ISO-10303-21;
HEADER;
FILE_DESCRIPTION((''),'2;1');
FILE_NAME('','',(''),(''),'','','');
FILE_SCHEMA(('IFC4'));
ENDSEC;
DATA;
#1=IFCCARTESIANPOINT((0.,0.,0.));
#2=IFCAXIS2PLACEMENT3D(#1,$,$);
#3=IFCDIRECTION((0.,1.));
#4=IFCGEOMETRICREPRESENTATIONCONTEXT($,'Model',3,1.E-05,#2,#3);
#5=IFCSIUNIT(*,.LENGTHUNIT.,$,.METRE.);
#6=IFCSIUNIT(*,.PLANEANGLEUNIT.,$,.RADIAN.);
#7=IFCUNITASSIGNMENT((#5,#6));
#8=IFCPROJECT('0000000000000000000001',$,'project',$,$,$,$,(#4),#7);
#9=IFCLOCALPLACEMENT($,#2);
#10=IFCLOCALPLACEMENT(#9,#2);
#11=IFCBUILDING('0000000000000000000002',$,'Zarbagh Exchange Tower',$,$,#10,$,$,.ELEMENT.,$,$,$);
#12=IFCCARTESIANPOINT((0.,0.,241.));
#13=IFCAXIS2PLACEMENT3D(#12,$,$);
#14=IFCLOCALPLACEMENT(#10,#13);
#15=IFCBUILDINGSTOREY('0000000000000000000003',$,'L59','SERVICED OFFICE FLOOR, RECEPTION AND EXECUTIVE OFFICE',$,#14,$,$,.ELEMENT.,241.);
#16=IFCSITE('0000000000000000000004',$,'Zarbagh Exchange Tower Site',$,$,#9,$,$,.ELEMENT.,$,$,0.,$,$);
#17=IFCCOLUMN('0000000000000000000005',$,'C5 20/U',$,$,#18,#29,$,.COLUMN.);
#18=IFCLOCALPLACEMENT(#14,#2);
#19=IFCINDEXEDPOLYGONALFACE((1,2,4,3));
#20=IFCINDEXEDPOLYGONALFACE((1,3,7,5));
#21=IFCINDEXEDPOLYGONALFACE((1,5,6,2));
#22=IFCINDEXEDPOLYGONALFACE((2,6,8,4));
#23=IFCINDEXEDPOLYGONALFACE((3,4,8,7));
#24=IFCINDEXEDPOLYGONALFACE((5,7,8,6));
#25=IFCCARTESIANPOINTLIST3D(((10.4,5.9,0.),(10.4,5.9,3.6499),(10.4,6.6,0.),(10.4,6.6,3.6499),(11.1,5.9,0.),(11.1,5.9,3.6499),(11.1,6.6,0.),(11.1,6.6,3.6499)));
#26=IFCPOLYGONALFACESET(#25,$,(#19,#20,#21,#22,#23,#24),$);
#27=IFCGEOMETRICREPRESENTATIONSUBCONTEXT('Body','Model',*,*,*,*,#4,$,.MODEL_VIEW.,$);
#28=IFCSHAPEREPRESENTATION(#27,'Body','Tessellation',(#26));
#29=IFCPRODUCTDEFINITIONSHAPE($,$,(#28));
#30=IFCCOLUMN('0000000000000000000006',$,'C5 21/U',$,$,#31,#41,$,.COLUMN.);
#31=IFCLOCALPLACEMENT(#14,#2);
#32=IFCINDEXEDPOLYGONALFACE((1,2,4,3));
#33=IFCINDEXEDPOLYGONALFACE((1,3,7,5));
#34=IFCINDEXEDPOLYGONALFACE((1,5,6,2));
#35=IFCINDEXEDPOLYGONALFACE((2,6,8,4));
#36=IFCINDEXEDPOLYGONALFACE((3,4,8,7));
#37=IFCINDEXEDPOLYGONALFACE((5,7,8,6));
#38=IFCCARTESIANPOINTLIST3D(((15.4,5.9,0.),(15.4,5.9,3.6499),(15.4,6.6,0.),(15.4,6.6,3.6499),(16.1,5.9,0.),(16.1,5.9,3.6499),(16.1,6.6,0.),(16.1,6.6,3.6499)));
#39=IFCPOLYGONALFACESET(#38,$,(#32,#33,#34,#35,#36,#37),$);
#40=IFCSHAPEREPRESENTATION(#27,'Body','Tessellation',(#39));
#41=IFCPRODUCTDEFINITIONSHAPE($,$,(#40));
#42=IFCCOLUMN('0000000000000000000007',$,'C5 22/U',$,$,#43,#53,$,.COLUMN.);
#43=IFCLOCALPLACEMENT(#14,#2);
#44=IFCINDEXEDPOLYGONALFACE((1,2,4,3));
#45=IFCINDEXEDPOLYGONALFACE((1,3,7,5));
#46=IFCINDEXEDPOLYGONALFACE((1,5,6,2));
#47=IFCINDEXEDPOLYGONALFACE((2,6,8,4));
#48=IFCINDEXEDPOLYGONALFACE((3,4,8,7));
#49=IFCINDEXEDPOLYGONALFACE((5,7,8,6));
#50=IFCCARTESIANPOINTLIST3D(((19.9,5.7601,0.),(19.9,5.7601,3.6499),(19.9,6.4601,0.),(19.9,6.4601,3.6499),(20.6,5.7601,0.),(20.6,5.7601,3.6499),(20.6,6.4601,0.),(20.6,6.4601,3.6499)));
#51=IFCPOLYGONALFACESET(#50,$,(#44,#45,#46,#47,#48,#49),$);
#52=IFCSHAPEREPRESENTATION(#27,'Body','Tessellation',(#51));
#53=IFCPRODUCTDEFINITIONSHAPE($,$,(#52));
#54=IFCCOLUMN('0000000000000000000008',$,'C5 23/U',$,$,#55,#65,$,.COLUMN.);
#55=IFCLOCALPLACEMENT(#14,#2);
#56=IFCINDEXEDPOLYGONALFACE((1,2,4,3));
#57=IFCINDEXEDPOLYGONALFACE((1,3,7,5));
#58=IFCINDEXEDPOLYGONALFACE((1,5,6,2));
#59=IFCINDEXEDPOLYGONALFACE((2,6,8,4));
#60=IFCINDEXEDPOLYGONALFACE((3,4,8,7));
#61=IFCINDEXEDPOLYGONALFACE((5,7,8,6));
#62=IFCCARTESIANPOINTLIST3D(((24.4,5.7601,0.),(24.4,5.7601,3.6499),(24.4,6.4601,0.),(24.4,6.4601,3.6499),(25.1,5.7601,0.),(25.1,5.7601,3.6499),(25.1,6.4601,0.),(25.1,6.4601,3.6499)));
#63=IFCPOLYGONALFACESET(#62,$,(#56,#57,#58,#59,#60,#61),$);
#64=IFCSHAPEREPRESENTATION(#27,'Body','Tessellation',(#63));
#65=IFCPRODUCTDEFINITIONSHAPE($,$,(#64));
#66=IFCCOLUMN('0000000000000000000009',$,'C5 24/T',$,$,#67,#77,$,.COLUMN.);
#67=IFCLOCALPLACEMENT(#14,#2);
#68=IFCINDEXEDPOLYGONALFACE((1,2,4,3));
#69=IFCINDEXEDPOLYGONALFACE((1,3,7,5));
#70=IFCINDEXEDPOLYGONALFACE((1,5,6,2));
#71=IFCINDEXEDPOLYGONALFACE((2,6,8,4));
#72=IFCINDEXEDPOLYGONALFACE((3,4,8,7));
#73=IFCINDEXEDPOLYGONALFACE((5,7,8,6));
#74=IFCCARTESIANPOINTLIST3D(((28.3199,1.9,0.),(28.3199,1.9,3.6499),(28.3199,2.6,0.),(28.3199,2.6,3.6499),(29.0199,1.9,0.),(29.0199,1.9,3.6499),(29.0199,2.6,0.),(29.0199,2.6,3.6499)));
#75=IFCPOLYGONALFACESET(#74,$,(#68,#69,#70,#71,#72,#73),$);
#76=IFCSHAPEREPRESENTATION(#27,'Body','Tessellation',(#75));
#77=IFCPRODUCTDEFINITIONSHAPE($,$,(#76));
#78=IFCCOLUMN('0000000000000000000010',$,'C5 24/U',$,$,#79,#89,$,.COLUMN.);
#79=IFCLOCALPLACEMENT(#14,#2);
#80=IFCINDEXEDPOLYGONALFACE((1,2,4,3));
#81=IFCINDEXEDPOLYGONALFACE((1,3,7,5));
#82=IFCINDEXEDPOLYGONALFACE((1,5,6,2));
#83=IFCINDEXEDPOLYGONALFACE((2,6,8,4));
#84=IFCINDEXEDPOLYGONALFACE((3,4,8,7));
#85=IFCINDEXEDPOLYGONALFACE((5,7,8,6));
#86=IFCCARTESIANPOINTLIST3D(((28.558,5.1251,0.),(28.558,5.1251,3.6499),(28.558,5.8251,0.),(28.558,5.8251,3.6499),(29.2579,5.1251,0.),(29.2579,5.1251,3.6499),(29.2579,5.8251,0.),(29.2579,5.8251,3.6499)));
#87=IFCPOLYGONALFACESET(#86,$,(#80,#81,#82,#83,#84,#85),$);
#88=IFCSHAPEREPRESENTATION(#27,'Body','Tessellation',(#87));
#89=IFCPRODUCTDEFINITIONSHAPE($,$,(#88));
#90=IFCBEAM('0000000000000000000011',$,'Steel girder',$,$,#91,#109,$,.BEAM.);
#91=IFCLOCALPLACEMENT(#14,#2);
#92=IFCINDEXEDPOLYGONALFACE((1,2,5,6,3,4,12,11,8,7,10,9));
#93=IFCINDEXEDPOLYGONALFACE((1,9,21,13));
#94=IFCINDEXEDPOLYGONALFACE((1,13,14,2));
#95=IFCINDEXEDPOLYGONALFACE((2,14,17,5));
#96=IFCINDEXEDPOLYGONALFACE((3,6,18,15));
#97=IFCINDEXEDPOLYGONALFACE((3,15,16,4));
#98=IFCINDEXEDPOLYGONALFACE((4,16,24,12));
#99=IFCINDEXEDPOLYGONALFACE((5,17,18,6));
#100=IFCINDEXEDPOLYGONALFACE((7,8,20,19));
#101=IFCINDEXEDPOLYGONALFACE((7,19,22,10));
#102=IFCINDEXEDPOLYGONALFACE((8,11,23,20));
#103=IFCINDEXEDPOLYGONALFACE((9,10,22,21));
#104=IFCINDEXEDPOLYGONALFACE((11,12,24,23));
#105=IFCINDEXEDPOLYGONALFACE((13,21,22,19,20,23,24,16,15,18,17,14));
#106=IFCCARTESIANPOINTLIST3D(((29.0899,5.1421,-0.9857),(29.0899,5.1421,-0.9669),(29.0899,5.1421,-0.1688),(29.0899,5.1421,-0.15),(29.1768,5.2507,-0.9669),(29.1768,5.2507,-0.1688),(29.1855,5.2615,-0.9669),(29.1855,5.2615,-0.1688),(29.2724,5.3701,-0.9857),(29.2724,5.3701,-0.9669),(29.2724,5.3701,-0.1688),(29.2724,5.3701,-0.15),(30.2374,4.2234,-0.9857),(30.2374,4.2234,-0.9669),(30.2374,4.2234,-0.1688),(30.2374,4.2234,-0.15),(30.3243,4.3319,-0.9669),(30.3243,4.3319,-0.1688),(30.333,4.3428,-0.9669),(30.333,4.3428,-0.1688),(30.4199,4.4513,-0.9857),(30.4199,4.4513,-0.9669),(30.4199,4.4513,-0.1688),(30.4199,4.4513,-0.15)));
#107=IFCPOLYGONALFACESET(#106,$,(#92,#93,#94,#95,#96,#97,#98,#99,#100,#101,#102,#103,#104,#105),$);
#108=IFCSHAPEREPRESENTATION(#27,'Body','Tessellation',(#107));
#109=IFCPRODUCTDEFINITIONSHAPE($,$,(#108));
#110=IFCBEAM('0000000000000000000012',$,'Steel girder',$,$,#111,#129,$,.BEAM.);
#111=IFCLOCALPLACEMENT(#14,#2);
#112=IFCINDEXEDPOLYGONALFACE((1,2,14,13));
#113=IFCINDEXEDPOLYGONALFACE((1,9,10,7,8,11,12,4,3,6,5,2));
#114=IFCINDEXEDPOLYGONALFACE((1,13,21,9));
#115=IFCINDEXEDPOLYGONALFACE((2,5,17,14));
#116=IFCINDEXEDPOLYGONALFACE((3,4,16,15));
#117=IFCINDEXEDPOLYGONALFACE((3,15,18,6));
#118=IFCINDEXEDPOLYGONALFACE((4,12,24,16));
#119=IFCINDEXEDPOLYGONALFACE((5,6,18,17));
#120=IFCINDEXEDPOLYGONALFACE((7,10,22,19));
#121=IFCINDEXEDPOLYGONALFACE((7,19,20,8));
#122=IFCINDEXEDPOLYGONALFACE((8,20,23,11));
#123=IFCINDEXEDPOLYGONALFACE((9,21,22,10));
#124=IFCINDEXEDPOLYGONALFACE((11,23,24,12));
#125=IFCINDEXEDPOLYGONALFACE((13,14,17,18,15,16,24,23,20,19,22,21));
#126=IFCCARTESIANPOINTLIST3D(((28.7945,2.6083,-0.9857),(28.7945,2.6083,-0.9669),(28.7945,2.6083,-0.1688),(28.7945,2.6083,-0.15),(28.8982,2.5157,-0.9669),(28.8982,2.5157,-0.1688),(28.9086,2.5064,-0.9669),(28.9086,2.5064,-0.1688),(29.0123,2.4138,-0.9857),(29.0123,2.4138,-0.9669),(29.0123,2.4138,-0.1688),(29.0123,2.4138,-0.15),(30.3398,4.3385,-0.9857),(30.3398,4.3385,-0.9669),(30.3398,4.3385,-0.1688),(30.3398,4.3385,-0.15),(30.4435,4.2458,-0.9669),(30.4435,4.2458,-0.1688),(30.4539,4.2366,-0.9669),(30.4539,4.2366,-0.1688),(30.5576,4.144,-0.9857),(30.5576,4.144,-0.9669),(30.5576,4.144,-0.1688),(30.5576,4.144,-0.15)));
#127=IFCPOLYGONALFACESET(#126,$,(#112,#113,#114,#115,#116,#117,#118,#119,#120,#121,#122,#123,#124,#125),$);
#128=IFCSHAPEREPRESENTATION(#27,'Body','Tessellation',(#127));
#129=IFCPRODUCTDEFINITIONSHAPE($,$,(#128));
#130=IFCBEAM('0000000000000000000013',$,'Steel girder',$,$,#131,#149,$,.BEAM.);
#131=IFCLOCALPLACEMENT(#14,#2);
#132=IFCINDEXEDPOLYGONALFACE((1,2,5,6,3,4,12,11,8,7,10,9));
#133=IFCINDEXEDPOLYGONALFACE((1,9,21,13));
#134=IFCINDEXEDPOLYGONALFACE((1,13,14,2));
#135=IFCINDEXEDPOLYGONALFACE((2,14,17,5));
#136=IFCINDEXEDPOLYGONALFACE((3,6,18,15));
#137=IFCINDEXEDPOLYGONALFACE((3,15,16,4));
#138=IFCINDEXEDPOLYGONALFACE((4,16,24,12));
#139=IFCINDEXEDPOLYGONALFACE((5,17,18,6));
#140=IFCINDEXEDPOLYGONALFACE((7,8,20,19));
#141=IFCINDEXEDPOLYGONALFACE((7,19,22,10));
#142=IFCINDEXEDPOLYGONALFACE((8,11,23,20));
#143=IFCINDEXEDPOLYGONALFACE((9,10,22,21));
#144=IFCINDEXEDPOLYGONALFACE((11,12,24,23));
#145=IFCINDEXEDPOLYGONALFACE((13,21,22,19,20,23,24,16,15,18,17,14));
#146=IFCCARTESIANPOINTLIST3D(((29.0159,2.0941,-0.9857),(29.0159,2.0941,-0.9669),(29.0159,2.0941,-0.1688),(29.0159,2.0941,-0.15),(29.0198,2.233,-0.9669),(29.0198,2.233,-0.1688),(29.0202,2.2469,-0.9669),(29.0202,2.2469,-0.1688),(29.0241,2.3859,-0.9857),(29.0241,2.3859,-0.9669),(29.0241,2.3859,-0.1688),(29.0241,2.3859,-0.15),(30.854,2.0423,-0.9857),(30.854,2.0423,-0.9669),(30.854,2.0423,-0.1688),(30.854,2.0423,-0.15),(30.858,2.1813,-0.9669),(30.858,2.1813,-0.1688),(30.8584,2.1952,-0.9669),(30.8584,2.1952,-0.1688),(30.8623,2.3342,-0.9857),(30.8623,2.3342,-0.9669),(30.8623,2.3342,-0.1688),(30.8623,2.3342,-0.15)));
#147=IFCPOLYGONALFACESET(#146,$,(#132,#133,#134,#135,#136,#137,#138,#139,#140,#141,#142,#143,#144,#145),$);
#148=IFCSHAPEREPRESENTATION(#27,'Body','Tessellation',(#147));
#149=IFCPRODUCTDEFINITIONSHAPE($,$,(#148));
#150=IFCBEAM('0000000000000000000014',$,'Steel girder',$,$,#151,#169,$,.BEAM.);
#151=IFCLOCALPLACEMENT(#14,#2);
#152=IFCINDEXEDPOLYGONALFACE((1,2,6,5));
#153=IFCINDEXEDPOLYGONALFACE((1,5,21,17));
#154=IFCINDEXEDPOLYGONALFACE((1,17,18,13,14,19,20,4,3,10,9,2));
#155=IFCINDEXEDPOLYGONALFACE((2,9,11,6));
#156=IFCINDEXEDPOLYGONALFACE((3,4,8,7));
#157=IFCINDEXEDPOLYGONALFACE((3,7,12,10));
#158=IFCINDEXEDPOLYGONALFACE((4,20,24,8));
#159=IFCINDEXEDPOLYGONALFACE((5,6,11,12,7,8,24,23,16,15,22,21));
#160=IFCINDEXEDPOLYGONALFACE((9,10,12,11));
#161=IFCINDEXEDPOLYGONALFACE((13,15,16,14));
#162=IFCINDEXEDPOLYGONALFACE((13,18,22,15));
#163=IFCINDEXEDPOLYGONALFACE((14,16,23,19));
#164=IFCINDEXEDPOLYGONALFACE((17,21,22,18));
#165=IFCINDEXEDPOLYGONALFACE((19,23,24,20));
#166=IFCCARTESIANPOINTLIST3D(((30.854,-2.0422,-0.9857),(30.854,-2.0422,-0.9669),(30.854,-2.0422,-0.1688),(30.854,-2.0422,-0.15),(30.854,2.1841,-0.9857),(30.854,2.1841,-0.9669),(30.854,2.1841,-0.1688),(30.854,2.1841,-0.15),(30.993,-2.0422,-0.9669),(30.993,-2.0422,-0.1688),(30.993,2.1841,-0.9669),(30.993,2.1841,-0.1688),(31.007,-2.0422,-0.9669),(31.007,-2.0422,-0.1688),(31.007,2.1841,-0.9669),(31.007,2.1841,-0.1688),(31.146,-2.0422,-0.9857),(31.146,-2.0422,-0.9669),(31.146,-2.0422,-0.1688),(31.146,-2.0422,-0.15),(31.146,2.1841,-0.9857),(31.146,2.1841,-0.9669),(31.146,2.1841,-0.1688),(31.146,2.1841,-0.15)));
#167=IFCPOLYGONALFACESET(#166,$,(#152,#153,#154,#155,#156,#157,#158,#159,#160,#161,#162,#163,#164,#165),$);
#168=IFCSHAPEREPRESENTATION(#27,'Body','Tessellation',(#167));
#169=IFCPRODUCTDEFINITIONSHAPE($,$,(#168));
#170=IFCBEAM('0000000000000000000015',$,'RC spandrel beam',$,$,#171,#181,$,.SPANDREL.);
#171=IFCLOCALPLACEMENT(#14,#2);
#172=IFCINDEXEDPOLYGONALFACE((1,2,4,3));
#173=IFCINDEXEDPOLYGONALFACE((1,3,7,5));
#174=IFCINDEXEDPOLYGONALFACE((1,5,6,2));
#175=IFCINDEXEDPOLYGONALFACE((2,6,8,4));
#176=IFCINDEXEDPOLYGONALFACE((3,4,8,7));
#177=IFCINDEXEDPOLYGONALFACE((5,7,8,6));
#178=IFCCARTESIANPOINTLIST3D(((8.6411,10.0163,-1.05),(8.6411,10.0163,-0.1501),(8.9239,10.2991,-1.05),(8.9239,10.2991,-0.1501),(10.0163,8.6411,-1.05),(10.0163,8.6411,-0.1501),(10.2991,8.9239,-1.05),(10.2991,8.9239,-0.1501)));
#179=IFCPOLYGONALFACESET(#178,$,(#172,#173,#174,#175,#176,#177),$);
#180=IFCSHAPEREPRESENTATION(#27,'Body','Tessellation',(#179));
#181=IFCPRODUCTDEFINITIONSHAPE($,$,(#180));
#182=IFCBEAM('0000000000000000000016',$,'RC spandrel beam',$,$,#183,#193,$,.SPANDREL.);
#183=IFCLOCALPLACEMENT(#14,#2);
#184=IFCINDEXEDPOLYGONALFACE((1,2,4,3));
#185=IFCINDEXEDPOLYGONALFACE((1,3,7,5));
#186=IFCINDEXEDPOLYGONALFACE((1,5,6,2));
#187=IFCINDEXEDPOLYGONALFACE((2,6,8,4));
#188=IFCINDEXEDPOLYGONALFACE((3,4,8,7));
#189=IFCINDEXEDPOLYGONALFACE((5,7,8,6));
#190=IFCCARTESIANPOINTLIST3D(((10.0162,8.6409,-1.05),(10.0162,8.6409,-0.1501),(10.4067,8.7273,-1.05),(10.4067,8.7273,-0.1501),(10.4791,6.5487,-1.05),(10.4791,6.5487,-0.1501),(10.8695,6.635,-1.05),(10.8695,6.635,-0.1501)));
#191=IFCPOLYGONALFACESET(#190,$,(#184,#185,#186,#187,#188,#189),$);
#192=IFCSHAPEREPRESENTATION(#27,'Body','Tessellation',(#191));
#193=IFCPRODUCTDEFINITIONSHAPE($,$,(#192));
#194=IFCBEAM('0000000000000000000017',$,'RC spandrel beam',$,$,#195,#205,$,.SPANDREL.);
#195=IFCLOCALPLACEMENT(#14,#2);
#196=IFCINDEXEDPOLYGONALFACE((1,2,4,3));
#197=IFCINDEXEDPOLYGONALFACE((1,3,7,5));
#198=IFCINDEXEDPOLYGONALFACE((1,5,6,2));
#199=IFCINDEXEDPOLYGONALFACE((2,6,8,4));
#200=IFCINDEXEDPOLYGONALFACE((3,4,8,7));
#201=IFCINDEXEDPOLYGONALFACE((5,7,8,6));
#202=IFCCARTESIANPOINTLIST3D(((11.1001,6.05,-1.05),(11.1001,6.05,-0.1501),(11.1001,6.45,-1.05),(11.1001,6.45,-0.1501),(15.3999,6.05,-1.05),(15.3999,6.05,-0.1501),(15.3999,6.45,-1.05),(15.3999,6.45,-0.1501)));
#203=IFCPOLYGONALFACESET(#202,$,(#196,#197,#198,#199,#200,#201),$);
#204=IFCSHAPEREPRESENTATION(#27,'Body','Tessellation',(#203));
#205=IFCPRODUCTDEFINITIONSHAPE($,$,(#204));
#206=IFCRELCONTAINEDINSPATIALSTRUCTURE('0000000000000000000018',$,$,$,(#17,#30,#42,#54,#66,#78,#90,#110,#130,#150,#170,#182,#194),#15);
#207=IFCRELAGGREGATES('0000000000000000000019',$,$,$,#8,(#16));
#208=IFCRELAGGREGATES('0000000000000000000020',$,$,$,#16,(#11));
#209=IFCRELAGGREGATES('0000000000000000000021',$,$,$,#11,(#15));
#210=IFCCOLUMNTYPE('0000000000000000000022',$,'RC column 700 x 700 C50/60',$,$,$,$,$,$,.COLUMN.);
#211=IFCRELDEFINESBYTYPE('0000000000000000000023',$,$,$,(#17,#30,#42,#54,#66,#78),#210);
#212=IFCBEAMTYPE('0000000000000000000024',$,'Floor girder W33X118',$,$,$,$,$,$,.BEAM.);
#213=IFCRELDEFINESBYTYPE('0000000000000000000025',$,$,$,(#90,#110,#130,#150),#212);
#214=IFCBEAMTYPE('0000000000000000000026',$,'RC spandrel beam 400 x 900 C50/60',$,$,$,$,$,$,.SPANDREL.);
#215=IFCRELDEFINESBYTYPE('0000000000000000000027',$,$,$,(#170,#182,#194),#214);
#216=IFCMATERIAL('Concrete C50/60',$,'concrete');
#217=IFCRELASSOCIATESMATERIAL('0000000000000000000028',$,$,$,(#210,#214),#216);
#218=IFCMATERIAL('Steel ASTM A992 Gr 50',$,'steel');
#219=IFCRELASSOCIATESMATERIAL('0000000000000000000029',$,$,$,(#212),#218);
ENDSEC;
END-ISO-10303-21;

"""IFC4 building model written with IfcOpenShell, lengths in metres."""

from ifc_helpers import new_model, si_unit, direction, frame, origin, origin_2d, place, context, subcontext, project, spatial, rectangle, i_section, extrude, material, material_profile, profile_set, type_object, element, save


model = new_model("IFC4")

# Units and contexts
model_context = context("Model", 3, precision=1e-05, world=origin(), true_north=direction((0.0, 1.0)))
body_context = subcontext(model_context, "Body", "Model", "MODEL_VIEW")
ifc_project = project(units=[si_unit("LENGTHUNIT", "METRE"), si_unit("PLANEANGLEUNIT", "RADIAN")], contexts=[model_context])

# Site, building, storey
site_placement = place(None, origin())
site = spatial("IfcSite", under=ifc_project, at=site_placement, Name="Zarbagh Exchange Tower Site", CompositionType="ELEMENT", RefElevation=0.0)
building_placement = place(site_placement, origin())
building = spatial("IfcBuilding", under=site, at=building_placement, Name="Zarbagh Exchange Tower", CompositionType="ELEMENT")
storey_placement = place(building_placement, frame((0.0, 0.0, 241.0)))
storey = spatial("IfcBuildingStorey", under=building, at=storey_placement, Name="L59", Description="SERVICED OFFICE FLOOR, RECEPTION AND EXECUTIVE OFFICE", CompositionType="ELEMENT", Elevation=241.0)

# Columns
ifc_material_1 = material(Name="Concrete C50/60", Category="concrete")
ifc_material_profile_1 = material_profile(ifc_material_1, rectangle(XDim=0.7, YDim=0.7, at=origin_2d()), Name="RC column 700 x 700 C50/60")
ifc_profile_set_1 = profile_set([ifc_material_profile_1], Name="Concrete C50/60")
column_type = type_object("IfcColumnType", Name="RC column 700 x 700 C50/60", PredefinedType="COLUMN", material=ifc_profile_set_1)
for number, where, z_axis, x_axis, name in (
    (1, (10.75, 6.25, 0.0), (0.0, 0.0, 1.0), (1.0, 0.0, 0.0), "C5 20/U"),
    (2, (15.75, 6.25, 0.0), (0.0, 0.0, 1.0), (1.0, 0.0, 0.0), "C5 21/U"),
    (3, (20.25, 6.1101, 0.0), (0.0, 0.0, 1.0), (1.0, 0.0, 0.0), "C5 22/U"),
    (4, (24.75, 6.1101, 0.0), (0.0, 0.0, 1.0), (1.0, 0.0, 0.0), "C5 23/U"),
    (5, (28.6699, 2.25, 0.0), (0.0, 0.0, 1.0), (1.0, 0.0, 0.0), "C5 24/T"),
    (6, (28.908, 5.4751, 0.0), (0.0, 0.0, 1.0), (1.0, 0.0, 0.0), "C5 24/U"),
):
    element("IfcColumn", number, at=place(storey_placement, frame(where, z_axis=z_axis, x_axis=x_axis)), inside=storey, type_object=column_type, Name=name, PredefinedType="COLUMN", context=body_context, shape_type="SweptSolid", body=[
        extrude(rectangle(XDim=0.7, YDim=0.7, at=origin_2d()), origin(), (0.0, 0.0, 1.0), 3.6499),
    ])

# Beams
ifc_material_2 = material(Name="Steel ASTM A992 Gr 50", Category="steel")
ifc_material_profile_2 = material_profile(ifc_material_2, i_section(OverallWidth=0.292, OverallDepth=0.8357, WebThickness=0.0139, FlangeThickness=0.0188, at=origin_2d()), Name="W33X118")
ifc_profile_set_2 = profile_set([ifc_material_profile_2], Name="Steel ASTM A992 Gr 50")
beam_type_1 = type_object("IfcBeamType", Name="Floor girder W33X118", PredefinedType="BEAM", material=ifc_profile_set_2)
beam_1_placement = place(storey_placement, frame((29.1812, 5.2561, -0.5679), z_axis=(0.780626, -0.624999, 0.0), x_axis=(0.624999, 0.780626, 0.0)))
element("IfcBeam", 7, at=beam_1_placement, inside=storey, type_object=beam_type_1, Name="Steel girder", PredefinedType="BEAM", context=body_context, shape_type="SweptSolid", body=[
    extrude(i_section(OverallWidth=0.292, OverallDepth=0.8357, WebThickness=0.0139, FlangeThickness=0.0188, at=origin_2d()), origin(), (0.0, 0.0, 1.0), 1.47),
])
beam_2_placement = place(storey_placement, frame((30.4487, 4.2412, -0.5679), z_axis=(-0.666152, -0.745816, 0.0), x_axis=(0.745816, -0.666152, 0.0)))
element("IfcBeam", 8, at=beam_2_placement, inside=storey, type_object=beam_type_1, Name="Steel girder", PredefinedType="BEAM", context=body_context, shape_type="SweptSolid", body=[
    extrude(i_section(OverallWidth=0.292, OverallDepth=0.8357, WebThickness=0.0139, FlangeThickness=0.0188, at=origin_2d()), origin(), (0.0, 0.0, 1.0), 2.3198),
])
beam_3_placement = place(storey_placement, frame((29.02, 2.24, -0.5679), z_axis=(0.999604, -0.028147, 0.0), x_axis=(0.028147, 0.999604, 0.0)))
element("IfcBeam", 9, at=beam_3_placement, inside=storey, type_object=beam_type_1, Name="Steel girder", PredefinedType="BEAM", context=body_context, shape_type="SweptSolid", body=[
    extrude(i_section(OverallWidth=0.292, OverallDepth=0.8357, WebThickness=0.0139, FlangeThickness=0.0188, at=origin_2d()), origin(), (0.0, 0.0, 1.0), 1.8389),
])
beam_4_placement = place(storey_placement, frame((31.0, 2.1841, -0.5679), z_axis=(0.0, -1.0, 0.0), x_axis=(1.0, 0.0, 0.0)))
element("IfcBeam", 10, at=beam_4_placement, inside=storey, type_object=beam_type_1, Name="Steel girder", PredefinedType="BEAM", context=body_context, shape_type="SweptSolid", body=[
    extrude(i_section(OverallWidth=0.292, OverallDepth=0.8357, WebThickness=0.0139, FlangeThickness=0.0188, at=origin_2d()), origin(), (0.0, 0.0, 1.0), 4.2263),
])
ifc_material_profile_3 = material_profile(ifc_material_1, rectangle(XDim=0.3999, YDim=0.8999, at=origin_2d()), Name="RC spandrel beam 400 x 900 C50/60")
ifc_profile_set_3 = profile_set([ifc_material_profile_3], Name="Concrete C50/60")
beam_type_2 = type_object("IfcBeamType", Name="RC spandrel beam 400 x 900 C50/60", PredefinedType="SPANDREL", material=ifc_profile_set_3)
beam_5_placement = place(storey_placement, frame((8.7825, 10.1577, -0.6001), z_axis=(0.707107, -0.707107, 0.0), x_axis=(0.707107, 0.707107, 0.0)))
element("IfcBeam", 11, at=beam_5_placement, inside=storey, type_object=beam_type_2, Name="RC spandrel beam", PredefinedType="SPANDREL", context=body_context, shape_type="SweptSolid", body=[
    extrude(rectangle(XDim=0.3999, YDim=0.8999, at=origin_2d()), origin(), (0.0, 0.0, 1.0), 1.9448),
])
beam_6_placement = place(storey_placement, frame((10.2114, 8.6841, -0.6001), z_axis=(0.216014, -0.97639, 0.0), x_axis=(0.97639, 0.216014, 0.0)))
element("IfcBeam", 12, at=beam_6_placement, inside=storey, type_object=beam_type_2, Name="RC spandrel beam", PredefinedType="SPANDREL", context=body_context, shape_type="SweptSolid", body=[
    extrude(rectangle(XDim=0.3999, YDim=0.8999, at=origin_2d()), origin(), (0.0, 0.0, 1.0), 2.1428),
])
beam_7_placement = place(storey_placement, frame((11.1001, 6.25, -0.6001), z_axis=(1.0, 0.0, 0.0), x_axis=(0.0, 1.0, 0.0)))
element("IfcBeam", 13, at=beam_7_placement, inside=storey, type_object=beam_type_2, Name="RC spandrel beam", PredefinedType="SPANDREL", context=body_context, shape_type="SweptSolid", body=[
    extrude(rectangle(XDim=0.3999, YDim=0.8999, at=origin_2d()), origin(), (0.0, 0.0, 1.0), 4.2998),
])

save(model, "model.ifc")
